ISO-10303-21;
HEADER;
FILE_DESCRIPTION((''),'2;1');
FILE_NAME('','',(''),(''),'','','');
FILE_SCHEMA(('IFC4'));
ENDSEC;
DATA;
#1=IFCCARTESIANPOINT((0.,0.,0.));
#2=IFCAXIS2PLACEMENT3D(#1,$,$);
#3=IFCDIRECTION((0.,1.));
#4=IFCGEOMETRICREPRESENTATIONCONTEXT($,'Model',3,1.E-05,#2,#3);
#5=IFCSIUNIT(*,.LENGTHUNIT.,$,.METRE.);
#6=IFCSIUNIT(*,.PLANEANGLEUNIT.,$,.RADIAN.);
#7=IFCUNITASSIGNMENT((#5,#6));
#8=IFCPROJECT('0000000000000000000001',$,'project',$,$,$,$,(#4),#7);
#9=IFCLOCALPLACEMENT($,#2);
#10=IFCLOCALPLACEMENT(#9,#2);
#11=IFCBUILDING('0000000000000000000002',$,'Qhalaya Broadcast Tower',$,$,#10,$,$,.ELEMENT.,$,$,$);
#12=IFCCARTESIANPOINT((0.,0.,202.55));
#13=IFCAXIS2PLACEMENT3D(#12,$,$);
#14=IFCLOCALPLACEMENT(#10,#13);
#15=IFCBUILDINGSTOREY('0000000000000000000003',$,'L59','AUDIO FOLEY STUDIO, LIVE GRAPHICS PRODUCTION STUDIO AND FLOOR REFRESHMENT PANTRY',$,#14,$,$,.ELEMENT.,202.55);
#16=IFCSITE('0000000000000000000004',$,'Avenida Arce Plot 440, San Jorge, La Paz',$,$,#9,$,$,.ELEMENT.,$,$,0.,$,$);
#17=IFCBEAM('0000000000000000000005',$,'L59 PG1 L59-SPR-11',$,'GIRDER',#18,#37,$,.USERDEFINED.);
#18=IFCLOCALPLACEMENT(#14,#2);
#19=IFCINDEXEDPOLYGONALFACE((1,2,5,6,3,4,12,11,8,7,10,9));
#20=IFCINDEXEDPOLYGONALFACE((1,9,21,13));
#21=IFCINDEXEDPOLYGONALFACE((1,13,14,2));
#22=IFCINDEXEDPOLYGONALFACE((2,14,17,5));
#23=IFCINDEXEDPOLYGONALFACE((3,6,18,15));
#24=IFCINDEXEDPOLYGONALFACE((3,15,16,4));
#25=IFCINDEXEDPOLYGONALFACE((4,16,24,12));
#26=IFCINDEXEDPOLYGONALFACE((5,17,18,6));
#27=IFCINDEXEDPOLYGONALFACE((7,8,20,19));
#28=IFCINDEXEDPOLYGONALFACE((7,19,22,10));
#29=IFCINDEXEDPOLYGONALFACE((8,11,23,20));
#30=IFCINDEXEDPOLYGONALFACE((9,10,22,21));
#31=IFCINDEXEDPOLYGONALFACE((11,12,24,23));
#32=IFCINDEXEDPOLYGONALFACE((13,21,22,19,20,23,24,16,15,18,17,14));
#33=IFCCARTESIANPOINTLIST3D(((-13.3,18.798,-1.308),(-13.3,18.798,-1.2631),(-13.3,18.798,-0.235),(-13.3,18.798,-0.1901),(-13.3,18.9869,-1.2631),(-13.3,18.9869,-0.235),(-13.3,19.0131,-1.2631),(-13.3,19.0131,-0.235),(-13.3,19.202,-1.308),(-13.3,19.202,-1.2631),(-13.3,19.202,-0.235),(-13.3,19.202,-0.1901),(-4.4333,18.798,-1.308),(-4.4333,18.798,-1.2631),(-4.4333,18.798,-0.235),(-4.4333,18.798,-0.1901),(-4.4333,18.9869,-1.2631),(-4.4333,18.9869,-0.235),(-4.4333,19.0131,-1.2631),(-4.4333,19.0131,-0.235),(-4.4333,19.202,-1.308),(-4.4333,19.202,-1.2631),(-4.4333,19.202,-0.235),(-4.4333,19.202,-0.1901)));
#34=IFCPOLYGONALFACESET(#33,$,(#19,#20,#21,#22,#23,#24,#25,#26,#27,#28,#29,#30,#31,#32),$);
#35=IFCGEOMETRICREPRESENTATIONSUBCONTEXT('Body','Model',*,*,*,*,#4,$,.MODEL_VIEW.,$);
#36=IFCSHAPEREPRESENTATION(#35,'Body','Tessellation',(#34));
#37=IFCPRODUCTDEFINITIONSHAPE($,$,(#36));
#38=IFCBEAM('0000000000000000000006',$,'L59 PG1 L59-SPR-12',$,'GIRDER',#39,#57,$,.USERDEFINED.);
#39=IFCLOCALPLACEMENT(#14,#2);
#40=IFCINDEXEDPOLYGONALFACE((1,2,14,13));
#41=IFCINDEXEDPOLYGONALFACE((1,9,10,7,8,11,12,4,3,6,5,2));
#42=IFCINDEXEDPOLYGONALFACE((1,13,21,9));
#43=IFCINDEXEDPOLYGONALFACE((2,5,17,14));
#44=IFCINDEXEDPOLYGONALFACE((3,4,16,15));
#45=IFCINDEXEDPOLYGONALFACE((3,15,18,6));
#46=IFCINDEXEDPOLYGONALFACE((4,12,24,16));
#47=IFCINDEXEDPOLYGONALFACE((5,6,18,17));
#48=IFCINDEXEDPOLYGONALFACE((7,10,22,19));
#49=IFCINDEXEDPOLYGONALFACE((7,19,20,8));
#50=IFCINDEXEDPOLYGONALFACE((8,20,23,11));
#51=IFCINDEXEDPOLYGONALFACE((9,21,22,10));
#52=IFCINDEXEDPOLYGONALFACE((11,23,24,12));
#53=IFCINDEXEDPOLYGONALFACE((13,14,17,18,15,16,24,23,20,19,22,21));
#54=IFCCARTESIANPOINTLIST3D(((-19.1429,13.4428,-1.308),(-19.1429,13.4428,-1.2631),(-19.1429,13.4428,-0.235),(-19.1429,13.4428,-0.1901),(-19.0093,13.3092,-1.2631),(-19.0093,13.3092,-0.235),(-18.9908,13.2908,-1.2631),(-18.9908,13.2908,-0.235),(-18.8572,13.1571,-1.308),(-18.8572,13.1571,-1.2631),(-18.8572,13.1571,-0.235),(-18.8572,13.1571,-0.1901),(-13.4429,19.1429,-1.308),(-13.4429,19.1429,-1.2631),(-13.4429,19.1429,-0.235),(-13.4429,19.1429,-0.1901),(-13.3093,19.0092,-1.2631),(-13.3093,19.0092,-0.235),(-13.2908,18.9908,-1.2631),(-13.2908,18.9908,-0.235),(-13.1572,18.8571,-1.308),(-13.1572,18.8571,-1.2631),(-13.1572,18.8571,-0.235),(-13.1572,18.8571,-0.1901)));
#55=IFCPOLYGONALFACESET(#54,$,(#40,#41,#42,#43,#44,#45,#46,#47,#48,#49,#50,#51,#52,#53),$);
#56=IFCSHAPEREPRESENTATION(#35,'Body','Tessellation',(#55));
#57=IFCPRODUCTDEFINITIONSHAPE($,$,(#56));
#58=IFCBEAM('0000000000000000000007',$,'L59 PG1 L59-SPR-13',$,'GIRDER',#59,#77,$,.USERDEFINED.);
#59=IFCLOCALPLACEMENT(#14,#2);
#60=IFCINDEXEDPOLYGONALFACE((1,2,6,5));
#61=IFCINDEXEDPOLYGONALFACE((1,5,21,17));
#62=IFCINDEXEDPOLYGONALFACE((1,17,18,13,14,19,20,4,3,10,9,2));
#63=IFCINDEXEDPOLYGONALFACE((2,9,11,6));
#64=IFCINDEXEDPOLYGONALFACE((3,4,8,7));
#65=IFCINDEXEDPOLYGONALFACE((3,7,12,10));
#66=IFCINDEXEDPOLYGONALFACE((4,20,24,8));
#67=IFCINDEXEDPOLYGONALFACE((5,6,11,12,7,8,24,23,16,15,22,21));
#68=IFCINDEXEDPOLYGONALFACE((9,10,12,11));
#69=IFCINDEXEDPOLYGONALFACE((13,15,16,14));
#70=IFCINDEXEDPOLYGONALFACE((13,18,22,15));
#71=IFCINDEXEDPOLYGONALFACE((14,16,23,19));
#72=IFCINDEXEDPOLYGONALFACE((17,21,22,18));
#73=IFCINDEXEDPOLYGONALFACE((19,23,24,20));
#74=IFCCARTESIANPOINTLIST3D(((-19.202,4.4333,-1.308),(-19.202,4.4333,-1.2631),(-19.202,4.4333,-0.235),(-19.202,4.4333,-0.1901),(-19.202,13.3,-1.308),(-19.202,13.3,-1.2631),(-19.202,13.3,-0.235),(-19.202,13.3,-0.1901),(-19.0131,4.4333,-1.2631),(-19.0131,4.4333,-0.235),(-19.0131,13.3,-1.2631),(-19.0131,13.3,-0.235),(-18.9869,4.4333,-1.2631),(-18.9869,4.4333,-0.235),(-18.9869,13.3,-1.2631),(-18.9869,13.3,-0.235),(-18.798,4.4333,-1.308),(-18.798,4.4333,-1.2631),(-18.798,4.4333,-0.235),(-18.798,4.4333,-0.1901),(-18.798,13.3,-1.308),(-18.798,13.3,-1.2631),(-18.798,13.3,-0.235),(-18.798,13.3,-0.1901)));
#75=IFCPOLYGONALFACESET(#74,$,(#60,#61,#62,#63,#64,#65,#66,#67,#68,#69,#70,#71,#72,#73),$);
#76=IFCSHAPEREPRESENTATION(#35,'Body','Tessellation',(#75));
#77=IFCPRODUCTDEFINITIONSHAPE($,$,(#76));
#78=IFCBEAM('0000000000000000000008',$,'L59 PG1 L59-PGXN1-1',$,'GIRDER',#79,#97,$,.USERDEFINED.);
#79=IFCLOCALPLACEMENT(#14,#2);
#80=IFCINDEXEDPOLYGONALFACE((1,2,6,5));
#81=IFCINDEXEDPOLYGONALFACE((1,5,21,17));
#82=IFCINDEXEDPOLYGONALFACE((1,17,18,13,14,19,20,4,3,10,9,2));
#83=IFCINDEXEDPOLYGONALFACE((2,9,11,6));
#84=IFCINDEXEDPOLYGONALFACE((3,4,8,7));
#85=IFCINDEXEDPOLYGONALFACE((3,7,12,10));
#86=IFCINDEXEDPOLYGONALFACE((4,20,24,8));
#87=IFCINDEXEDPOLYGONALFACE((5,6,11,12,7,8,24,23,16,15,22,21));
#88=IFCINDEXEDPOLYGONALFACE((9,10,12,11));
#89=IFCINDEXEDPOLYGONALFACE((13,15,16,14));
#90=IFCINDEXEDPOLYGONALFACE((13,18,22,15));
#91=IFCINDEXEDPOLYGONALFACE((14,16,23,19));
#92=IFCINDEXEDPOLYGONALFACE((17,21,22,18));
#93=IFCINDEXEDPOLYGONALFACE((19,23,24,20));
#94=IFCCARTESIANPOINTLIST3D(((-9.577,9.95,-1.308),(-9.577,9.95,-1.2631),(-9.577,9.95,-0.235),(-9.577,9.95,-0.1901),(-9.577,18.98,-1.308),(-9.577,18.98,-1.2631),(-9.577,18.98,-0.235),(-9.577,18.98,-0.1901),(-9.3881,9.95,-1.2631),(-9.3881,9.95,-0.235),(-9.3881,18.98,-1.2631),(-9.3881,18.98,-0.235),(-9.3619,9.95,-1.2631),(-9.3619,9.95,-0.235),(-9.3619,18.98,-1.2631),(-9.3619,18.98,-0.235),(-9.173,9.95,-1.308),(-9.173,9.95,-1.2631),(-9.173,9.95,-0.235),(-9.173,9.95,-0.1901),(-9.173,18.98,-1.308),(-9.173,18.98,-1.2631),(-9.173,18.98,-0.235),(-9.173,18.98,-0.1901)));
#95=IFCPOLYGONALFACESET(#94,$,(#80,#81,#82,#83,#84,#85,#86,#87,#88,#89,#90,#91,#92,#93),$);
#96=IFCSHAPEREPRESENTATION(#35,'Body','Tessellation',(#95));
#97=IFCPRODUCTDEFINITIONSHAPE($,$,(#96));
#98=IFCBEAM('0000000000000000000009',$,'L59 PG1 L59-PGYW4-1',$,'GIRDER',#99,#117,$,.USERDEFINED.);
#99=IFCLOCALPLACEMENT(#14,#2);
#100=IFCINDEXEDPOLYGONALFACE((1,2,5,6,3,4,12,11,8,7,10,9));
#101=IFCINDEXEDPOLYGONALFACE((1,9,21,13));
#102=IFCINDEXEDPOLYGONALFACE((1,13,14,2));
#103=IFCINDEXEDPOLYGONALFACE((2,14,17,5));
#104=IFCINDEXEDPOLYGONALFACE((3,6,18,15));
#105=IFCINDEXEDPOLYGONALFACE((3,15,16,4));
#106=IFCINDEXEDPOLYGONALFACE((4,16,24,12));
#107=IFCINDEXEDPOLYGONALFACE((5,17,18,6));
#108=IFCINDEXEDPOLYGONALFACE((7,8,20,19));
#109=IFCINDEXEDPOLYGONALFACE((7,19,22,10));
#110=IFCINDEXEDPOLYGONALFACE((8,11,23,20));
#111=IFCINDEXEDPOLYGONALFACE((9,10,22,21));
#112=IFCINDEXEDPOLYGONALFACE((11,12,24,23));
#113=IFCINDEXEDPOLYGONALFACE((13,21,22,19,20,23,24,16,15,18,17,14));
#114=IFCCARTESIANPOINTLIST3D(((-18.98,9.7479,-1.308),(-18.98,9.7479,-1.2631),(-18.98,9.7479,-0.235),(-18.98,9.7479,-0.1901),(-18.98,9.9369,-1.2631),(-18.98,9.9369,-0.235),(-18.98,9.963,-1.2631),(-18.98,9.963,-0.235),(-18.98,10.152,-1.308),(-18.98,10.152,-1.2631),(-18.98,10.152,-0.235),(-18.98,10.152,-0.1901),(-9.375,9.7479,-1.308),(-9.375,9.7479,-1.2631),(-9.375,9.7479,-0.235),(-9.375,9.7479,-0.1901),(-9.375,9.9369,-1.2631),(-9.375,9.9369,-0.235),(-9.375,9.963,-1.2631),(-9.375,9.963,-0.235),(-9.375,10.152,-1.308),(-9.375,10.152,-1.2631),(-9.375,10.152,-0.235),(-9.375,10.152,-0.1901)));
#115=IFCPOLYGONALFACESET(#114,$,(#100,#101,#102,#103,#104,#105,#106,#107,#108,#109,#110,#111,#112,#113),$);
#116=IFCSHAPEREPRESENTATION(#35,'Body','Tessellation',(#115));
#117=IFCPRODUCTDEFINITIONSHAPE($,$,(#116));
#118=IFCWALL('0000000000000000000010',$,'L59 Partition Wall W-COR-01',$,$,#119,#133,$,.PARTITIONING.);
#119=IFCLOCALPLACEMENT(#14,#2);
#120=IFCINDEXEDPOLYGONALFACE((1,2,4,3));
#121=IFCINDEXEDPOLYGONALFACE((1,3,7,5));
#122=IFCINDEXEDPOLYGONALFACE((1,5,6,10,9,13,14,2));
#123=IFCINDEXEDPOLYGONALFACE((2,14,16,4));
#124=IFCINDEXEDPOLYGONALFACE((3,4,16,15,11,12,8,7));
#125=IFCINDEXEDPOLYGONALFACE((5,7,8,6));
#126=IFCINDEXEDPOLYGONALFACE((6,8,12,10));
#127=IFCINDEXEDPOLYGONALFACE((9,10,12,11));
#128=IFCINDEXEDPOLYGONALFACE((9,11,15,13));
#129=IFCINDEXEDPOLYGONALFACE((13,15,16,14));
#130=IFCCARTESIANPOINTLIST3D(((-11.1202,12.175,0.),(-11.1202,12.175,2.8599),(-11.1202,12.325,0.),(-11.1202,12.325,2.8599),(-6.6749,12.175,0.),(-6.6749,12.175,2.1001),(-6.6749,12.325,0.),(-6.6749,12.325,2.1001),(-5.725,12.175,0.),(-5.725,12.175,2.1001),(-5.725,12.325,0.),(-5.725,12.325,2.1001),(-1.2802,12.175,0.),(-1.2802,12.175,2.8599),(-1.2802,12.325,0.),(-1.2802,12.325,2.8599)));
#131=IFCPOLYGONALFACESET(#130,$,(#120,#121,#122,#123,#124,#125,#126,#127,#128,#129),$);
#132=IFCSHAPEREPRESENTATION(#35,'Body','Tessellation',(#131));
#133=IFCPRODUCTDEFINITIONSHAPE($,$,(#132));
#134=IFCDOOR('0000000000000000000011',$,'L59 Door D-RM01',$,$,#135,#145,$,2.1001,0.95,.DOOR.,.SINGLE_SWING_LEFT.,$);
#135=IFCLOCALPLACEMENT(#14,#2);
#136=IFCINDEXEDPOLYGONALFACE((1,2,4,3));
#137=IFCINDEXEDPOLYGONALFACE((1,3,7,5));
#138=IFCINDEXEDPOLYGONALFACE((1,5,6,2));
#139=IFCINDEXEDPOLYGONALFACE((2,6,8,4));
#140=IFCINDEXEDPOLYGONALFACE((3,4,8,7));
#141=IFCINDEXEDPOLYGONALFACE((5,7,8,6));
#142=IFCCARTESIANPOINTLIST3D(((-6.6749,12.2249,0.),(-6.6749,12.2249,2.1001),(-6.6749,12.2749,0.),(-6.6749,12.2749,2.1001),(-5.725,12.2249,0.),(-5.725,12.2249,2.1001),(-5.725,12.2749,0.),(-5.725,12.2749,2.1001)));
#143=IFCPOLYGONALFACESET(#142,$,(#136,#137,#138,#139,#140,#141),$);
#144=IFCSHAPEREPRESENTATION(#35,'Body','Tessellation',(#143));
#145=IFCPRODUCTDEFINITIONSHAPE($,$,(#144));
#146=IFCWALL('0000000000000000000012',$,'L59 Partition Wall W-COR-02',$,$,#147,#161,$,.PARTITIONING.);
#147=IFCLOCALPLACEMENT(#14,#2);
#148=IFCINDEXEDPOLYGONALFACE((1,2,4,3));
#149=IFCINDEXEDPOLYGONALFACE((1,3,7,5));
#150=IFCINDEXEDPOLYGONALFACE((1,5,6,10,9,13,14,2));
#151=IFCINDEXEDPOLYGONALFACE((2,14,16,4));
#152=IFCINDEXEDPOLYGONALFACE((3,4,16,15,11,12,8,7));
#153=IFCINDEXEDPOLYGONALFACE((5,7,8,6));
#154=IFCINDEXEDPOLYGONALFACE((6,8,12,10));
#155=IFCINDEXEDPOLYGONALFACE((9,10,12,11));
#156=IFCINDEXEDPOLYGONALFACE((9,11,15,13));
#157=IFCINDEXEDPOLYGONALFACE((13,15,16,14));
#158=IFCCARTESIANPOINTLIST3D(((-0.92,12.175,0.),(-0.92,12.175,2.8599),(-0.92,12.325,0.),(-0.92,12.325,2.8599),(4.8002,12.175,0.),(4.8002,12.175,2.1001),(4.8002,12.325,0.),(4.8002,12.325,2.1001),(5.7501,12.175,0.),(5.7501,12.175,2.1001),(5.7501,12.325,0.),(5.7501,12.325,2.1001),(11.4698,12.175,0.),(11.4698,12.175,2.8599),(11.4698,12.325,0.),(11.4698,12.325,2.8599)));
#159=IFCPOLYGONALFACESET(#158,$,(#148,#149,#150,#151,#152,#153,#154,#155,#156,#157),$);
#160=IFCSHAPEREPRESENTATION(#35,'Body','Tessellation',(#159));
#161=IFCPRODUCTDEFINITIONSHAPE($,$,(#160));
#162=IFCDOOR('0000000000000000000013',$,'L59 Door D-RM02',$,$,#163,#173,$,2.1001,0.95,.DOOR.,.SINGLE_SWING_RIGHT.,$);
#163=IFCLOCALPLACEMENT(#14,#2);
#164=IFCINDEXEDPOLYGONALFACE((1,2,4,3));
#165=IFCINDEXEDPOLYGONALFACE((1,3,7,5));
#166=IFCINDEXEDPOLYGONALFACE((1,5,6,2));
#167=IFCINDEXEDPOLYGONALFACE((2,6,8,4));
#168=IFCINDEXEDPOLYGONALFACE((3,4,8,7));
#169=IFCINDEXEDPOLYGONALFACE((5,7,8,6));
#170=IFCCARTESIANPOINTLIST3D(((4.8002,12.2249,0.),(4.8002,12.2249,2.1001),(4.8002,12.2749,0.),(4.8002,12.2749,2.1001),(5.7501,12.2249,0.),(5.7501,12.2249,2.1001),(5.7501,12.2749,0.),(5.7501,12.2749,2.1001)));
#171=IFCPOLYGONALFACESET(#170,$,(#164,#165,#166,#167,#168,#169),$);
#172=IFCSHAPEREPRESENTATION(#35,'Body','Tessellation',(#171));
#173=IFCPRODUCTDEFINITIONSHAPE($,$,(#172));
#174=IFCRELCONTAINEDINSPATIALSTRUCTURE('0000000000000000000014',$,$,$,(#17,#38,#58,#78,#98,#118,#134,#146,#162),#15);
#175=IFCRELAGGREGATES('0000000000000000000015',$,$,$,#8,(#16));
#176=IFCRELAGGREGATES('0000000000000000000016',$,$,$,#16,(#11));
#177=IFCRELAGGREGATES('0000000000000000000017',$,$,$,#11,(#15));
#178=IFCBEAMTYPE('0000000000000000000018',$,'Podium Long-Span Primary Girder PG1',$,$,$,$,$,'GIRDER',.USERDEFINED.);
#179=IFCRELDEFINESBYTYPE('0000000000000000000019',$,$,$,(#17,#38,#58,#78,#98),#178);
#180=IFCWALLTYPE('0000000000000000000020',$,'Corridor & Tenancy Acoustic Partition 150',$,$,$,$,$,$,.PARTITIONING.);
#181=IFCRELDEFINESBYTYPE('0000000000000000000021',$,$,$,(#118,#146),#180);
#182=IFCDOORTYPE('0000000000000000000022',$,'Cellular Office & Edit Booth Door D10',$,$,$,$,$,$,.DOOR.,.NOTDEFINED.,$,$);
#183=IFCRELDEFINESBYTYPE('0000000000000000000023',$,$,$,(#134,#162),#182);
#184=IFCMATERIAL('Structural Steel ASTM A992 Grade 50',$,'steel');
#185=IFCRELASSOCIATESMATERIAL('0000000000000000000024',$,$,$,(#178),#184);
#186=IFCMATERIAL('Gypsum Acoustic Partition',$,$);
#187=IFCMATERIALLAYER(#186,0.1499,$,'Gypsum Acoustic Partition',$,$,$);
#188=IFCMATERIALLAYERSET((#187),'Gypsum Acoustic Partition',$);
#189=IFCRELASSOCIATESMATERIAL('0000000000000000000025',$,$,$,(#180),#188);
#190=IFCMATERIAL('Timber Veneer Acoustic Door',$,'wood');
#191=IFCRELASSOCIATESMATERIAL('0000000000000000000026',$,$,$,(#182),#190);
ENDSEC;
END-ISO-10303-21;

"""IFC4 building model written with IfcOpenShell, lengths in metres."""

from ifc_helpers import new_model, si_unit, direction, frame, frame_2d, origin, origin_2d, place, context, subcontext, project, spatial, rectangle, i_section, extrude, material, layer, layer_set, material_profile, profile_set, type_object, element, fill, save


model = new_model("IFC4")

# Units and contexts
model_context = context("Model", 3, precision=1e-05, world=origin(), true_north=direction((0.0, 1.0)))
body_context = subcontext(model_context, "Body", "Model", "MODEL_VIEW")
ifc_project = project(units=[si_unit("LENGTHUNIT", "METRE"), si_unit("PLANEANGLEUNIT", "RADIAN")], contexts=[model_context])

# Site, building, storey
site_placement = place(None, origin())
site = spatial("IfcSite", under=ifc_project, at=site_placement, Name="Avenida Arce Plot 440, San Jorge, La Paz", CompositionType="ELEMENT", RefElevation=0.0)
building_placement = place(site_placement, origin())
building = spatial("IfcBuilding", under=site, at=building_placement, Name="Qhalaya Broadcast Tower", CompositionType="ELEMENT")
storey_placement = place(building_placement, frame((0.0, 0.0, 202.55)))
storey = spatial("IfcBuildingStorey", under=building, at=storey_placement, Name="L59", Description="AUDIO FOLEY STUDIO, LIVE GRAPHICS PRODUCTION STUDIO AND FLOOR REFRESHMENT PANTRY", CompositionType="ELEMENT", Elevation=202.55)

# Beams
ifc_material_1 = material(Name="Structural Steel ASTM A992 Grade 50", Category="steel")
ifc_material_profile_1 = material_profile(ifc_material_1, i_section(OverallWidth=0.4041, OverallDepth=1.1179, WebThickness=0.0261, FlangeThickness=0.0449, at=origin_2d()), Name="W44X335")
ifc_profile_set_1 = profile_set([ifc_material_profile_1], Name="Structural Steel ASTM A992 Grade 50")
beam_type_1 = type_object("IfcBeamType", Name="Podium Long-Span Primary Girder PG1", ElementType="GIRDER", PredefinedType="USERDEFINED", material=ifc_profile_set_1)
beam_1_placement = place(storey_placement, frame((-4.4333, 19.0, -0.749), z_axis=(-1.0, 0.0, 0.0), x_axis=(0.0, -1.0, 0.0)))
element("IfcBeam", 1, at=beam_1_placement, inside=storey, type_object=beam_type_1, Name="L59 PG1 L59-SPR-11", ObjectType="GIRDER", PredefinedType="USERDEFINED", context=body_context, shape_type="SweptSolid", body=[
    extrude(i_section(OverallWidth=0.4041, OverallDepth=1.1179, WebThickness=0.0261, FlangeThickness=0.0449, at=origin_2d()), origin(), (0.0, 0.0, 1.0), 8.8667),
])
beam_2_placement = place(storey_placement, frame((-13.3, 19.0, -0.749), z_axis=(-0.707107, -0.707107, 0.0), x_axis=(0.707107, -0.707107, 0.0)))
element("IfcBeam", 2, at=beam_2_placement, inside=storey, type_object=beam_type_1, Name="L59 PG1 L59-SPR-12", ObjectType="GIRDER", PredefinedType="USERDEFINED", context=body_context, shape_type="SweptSolid", body=[
    extrude(i_section(OverallWidth=0.4041, OverallDepth=1.1179, WebThickness=0.0261, FlangeThickness=0.0449, at=origin_2d()), origin(), (0.0, 0.0, 1.0), 8.061),
])
beam_3_placement = place(storey_placement, frame((-19.0, 13.3, -0.749), z_axis=(0.0, -1.0, 0.0), x_axis=(1.0, 0.0, 0.0)))
element("IfcBeam", 3, at=beam_3_placement, inside=storey, type_object=beam_type_1, Name="L59 PG1 L59-SPR-13", ObjectType="GIRDER", PredefinedType="USERDEFINED", context=body_context, shape_type="SweptSolid", body=[
    extrude(i_section(OverallWidth=0.4041, OverallDepth=1.1179, WebThickness=0.0261, FlangeThickness=0.0449, at=origin_2d()), origin(), (0.0, 0.0, 1.0), 8.8667),
])
beam_4_placement = place(storey_placement, frame((-9.375, 9.95, -0.749), z_axis=(0.0, 1.0, 0.0), x_axis=(-1.0, 0.0, 0.0)))
element("IfcBeam", 4, at=beam_4_placement, inside=storey, type_object=beam_type_1, Name="L59 PG1 L59-PGXN1-1", ObjectType="GIRDER", PredefinedType="USERDEFINED", context=body_context, shape_type="SweptSolid", body=[
    extrude(i_section(OverallWidth=0.4041, OverallDepth=1.1179, WebThickness=0.0261, FlangeThickness=0.0449, at=origin_2d()), origin(), (0.0, 0.0, 1.0), 9.03),
])
beam_5_placement = place(storey_placement, frame((-18.98, 9.95, -0.749), z_axis=(1.0, 0.0, 0.0), x_axis=(0.0, 1.0, 0.0)))
element("IfcBeam", 5, at=beam_5_placement, inside=storey, type_object=beam_type_1, Name="L59 PG1 L59-PGYW4-1", ObjectType="GIRDER", PredefinedType="USERDEFINED", context=body_context, shape_type="SweptSolid", body=[
    extrude(i_section(OverallWidth=0.4041, OverallDepth=1.1179, WebThickness=0.0261, FlangeThickness=0.0449, at=origin_2d()), origin(), (0.0, 0.0, 1.0), 9.605),
])

# Walls, openings, doors
ifc_material_2 = material(Name="Gypsum Acoustic Partition")
ifc_layer_1 = layer(ifc_material_2, 0.1499, Name="Gypsum Acoustic Partition")
ifc_layer_set_1 = layer_set([ifc_layer_1], Name="Gypsum Acoustic Partition")
wall_type_1 = type_object("IfcWallType", Name="Corridor & Tenancy Acoustic Partition 150", PredefinedType="PARTITIONING", material=ifc_layer_set_1)
wall_1_placement = place(storey_placement, frame((-11.1201, 12.25, 0.0), z_axis=(0.0, 0.0, 1.0), x_axis=(1.0, 0.0, 0.0)))
wall_1 = element("IfcWall", 6, at=wall_1_placement, inside=storey, type_object=wall_type_1, Name="L59 Partition Wall W-COR-01", PredefinedType="PARTITIONING", context=body_context, shape_type="SweptSolid", body=[
    extrude(rectangle(XDim=9.8401, YDim=0.1499, at=frame_2d((4.9199, 0.0))), origin(), (0.0, 0.0, 1.0), 2.8599),
])
opening_1_placement = place(wall_1_placement, frame((4.4451, 0.0, 0.0)))
opening_1 = element("IfcOpeningElement", 7, at=opening_1_placement, cuts=wall_1, PredefinedType="OPENING", context=body_context, shape_type="SweptSolid", body=[
    extrude(rectangle(XDim=0.95, YDim=2.1001, at=frame_2d((0.4751, 1.05))), frame((0.0, 0.0869, 0.0), z_axis=(0.0, -1.0, 0.0), x_axis=(1.0, 0.0, 0.0)), (0.0, 0.0, 1.0), 0.1738),
])
ifc_material_3 = material(Name="Timber Veneer Acoustic Door", Category="wood")
door_type = type_object("IfcDoorType", Name="Cellular Office & Edit Booth Door D10", OperationType="NOTDEFINED", PredefinedType="DOOR", material=ifc_material_3)
door_1_placement = place(opening_1_placement, origin())
door_1 = element("IfcDoor", 8, at=door_1_placement, inside=storey, type_object=door_type, Name="L59 Door D-RM01", OperationType="SINGLE_SWING_LEFT", OverallHeight=2.1001, OverallWidth=0.95, PredefinedType="DOOR", context=body_context, shape_type="SweptSolid", body=[
    extrude(rectangle(XDim=0.95, YDim=2.1001, at=frame_2d((0.4751, 1.05))), frame((0.0, 0.0249, 0.0), z_axis=(0.0, -1.0, 0.0), x_axis=(1.0, 0.0, 0.0)), (0.0, 0.0, 1.0), 0.05),
])
fill(opening_1, door_1)
wall_2_placement = place(storey_placement, frame((-0.9199, 12.25, 0.0), z_axis=(0.0, 0.0, 1.0), x_axis=(1.0, 0.0, 0.0)))
wall_2 = element("IfcWall", 9, at=wall_2_placement, inside=storey, type_object=wall_type_1, Name="L59 Partition Wall W-COR-02", PredefinedType="PARTITIONING", context=body_context, shape_type="SweptSolid", body=[
    extrude(rectangle(XDim=12.3899, YDim=0.1499, at=frame_2d((6.1948, 0.0))), origin(), (0.0, 0.0, 1.0), 2.8599),
])
opening_2_placement = place(wall_2_placement, frame((5.72, 0.0, 0.0)))
opening_2 = element("IfcOpeningElement", 10, at=opening_2_placement, cuts=wall_2, PredefinedType="OPENING", context=body_context, shape_type="SweptSolid", body=[
    extrude(rectangle(XDim=0.95, YDim=2.1001, at=frame_2d((0.4751, 1.05))), frame((0.0, 0.0869, 0.0), z_axis=(0.0, -1.0, 0.0), x_axis=(1.0, 0.0, 0.0)), (0.0, 0.0, 1.0), 0.1738),
])
door_2_placement = place(opening_2_placement, origin())
door_2 = element("IfcDoor", 11, at=door_2_placement, inside=storey, type_object=door_type, Name="L59 Door D-RM02", OperationType="SINGLE_SWING_RIGHT", OverallHeight=2.1001, OverallWidth=0.95, PredefinedType="DOOR", context=body_context, shape_type="SweptSolid", body=[
    extrude(rectangle(XDim=0.95, YDim=2.1001, at=frame_2d((0.4751, 1.05))), frame((0.0, 0.0249, 0.0), z_axis=(0.0, -1.0, 0.0), x_axis=(1.0, 0.0, 0.0)), (0.0, 0.0, 1.0), 0.05),
])
fill(opening_2, door_2)

save(model, "model.ifc")
